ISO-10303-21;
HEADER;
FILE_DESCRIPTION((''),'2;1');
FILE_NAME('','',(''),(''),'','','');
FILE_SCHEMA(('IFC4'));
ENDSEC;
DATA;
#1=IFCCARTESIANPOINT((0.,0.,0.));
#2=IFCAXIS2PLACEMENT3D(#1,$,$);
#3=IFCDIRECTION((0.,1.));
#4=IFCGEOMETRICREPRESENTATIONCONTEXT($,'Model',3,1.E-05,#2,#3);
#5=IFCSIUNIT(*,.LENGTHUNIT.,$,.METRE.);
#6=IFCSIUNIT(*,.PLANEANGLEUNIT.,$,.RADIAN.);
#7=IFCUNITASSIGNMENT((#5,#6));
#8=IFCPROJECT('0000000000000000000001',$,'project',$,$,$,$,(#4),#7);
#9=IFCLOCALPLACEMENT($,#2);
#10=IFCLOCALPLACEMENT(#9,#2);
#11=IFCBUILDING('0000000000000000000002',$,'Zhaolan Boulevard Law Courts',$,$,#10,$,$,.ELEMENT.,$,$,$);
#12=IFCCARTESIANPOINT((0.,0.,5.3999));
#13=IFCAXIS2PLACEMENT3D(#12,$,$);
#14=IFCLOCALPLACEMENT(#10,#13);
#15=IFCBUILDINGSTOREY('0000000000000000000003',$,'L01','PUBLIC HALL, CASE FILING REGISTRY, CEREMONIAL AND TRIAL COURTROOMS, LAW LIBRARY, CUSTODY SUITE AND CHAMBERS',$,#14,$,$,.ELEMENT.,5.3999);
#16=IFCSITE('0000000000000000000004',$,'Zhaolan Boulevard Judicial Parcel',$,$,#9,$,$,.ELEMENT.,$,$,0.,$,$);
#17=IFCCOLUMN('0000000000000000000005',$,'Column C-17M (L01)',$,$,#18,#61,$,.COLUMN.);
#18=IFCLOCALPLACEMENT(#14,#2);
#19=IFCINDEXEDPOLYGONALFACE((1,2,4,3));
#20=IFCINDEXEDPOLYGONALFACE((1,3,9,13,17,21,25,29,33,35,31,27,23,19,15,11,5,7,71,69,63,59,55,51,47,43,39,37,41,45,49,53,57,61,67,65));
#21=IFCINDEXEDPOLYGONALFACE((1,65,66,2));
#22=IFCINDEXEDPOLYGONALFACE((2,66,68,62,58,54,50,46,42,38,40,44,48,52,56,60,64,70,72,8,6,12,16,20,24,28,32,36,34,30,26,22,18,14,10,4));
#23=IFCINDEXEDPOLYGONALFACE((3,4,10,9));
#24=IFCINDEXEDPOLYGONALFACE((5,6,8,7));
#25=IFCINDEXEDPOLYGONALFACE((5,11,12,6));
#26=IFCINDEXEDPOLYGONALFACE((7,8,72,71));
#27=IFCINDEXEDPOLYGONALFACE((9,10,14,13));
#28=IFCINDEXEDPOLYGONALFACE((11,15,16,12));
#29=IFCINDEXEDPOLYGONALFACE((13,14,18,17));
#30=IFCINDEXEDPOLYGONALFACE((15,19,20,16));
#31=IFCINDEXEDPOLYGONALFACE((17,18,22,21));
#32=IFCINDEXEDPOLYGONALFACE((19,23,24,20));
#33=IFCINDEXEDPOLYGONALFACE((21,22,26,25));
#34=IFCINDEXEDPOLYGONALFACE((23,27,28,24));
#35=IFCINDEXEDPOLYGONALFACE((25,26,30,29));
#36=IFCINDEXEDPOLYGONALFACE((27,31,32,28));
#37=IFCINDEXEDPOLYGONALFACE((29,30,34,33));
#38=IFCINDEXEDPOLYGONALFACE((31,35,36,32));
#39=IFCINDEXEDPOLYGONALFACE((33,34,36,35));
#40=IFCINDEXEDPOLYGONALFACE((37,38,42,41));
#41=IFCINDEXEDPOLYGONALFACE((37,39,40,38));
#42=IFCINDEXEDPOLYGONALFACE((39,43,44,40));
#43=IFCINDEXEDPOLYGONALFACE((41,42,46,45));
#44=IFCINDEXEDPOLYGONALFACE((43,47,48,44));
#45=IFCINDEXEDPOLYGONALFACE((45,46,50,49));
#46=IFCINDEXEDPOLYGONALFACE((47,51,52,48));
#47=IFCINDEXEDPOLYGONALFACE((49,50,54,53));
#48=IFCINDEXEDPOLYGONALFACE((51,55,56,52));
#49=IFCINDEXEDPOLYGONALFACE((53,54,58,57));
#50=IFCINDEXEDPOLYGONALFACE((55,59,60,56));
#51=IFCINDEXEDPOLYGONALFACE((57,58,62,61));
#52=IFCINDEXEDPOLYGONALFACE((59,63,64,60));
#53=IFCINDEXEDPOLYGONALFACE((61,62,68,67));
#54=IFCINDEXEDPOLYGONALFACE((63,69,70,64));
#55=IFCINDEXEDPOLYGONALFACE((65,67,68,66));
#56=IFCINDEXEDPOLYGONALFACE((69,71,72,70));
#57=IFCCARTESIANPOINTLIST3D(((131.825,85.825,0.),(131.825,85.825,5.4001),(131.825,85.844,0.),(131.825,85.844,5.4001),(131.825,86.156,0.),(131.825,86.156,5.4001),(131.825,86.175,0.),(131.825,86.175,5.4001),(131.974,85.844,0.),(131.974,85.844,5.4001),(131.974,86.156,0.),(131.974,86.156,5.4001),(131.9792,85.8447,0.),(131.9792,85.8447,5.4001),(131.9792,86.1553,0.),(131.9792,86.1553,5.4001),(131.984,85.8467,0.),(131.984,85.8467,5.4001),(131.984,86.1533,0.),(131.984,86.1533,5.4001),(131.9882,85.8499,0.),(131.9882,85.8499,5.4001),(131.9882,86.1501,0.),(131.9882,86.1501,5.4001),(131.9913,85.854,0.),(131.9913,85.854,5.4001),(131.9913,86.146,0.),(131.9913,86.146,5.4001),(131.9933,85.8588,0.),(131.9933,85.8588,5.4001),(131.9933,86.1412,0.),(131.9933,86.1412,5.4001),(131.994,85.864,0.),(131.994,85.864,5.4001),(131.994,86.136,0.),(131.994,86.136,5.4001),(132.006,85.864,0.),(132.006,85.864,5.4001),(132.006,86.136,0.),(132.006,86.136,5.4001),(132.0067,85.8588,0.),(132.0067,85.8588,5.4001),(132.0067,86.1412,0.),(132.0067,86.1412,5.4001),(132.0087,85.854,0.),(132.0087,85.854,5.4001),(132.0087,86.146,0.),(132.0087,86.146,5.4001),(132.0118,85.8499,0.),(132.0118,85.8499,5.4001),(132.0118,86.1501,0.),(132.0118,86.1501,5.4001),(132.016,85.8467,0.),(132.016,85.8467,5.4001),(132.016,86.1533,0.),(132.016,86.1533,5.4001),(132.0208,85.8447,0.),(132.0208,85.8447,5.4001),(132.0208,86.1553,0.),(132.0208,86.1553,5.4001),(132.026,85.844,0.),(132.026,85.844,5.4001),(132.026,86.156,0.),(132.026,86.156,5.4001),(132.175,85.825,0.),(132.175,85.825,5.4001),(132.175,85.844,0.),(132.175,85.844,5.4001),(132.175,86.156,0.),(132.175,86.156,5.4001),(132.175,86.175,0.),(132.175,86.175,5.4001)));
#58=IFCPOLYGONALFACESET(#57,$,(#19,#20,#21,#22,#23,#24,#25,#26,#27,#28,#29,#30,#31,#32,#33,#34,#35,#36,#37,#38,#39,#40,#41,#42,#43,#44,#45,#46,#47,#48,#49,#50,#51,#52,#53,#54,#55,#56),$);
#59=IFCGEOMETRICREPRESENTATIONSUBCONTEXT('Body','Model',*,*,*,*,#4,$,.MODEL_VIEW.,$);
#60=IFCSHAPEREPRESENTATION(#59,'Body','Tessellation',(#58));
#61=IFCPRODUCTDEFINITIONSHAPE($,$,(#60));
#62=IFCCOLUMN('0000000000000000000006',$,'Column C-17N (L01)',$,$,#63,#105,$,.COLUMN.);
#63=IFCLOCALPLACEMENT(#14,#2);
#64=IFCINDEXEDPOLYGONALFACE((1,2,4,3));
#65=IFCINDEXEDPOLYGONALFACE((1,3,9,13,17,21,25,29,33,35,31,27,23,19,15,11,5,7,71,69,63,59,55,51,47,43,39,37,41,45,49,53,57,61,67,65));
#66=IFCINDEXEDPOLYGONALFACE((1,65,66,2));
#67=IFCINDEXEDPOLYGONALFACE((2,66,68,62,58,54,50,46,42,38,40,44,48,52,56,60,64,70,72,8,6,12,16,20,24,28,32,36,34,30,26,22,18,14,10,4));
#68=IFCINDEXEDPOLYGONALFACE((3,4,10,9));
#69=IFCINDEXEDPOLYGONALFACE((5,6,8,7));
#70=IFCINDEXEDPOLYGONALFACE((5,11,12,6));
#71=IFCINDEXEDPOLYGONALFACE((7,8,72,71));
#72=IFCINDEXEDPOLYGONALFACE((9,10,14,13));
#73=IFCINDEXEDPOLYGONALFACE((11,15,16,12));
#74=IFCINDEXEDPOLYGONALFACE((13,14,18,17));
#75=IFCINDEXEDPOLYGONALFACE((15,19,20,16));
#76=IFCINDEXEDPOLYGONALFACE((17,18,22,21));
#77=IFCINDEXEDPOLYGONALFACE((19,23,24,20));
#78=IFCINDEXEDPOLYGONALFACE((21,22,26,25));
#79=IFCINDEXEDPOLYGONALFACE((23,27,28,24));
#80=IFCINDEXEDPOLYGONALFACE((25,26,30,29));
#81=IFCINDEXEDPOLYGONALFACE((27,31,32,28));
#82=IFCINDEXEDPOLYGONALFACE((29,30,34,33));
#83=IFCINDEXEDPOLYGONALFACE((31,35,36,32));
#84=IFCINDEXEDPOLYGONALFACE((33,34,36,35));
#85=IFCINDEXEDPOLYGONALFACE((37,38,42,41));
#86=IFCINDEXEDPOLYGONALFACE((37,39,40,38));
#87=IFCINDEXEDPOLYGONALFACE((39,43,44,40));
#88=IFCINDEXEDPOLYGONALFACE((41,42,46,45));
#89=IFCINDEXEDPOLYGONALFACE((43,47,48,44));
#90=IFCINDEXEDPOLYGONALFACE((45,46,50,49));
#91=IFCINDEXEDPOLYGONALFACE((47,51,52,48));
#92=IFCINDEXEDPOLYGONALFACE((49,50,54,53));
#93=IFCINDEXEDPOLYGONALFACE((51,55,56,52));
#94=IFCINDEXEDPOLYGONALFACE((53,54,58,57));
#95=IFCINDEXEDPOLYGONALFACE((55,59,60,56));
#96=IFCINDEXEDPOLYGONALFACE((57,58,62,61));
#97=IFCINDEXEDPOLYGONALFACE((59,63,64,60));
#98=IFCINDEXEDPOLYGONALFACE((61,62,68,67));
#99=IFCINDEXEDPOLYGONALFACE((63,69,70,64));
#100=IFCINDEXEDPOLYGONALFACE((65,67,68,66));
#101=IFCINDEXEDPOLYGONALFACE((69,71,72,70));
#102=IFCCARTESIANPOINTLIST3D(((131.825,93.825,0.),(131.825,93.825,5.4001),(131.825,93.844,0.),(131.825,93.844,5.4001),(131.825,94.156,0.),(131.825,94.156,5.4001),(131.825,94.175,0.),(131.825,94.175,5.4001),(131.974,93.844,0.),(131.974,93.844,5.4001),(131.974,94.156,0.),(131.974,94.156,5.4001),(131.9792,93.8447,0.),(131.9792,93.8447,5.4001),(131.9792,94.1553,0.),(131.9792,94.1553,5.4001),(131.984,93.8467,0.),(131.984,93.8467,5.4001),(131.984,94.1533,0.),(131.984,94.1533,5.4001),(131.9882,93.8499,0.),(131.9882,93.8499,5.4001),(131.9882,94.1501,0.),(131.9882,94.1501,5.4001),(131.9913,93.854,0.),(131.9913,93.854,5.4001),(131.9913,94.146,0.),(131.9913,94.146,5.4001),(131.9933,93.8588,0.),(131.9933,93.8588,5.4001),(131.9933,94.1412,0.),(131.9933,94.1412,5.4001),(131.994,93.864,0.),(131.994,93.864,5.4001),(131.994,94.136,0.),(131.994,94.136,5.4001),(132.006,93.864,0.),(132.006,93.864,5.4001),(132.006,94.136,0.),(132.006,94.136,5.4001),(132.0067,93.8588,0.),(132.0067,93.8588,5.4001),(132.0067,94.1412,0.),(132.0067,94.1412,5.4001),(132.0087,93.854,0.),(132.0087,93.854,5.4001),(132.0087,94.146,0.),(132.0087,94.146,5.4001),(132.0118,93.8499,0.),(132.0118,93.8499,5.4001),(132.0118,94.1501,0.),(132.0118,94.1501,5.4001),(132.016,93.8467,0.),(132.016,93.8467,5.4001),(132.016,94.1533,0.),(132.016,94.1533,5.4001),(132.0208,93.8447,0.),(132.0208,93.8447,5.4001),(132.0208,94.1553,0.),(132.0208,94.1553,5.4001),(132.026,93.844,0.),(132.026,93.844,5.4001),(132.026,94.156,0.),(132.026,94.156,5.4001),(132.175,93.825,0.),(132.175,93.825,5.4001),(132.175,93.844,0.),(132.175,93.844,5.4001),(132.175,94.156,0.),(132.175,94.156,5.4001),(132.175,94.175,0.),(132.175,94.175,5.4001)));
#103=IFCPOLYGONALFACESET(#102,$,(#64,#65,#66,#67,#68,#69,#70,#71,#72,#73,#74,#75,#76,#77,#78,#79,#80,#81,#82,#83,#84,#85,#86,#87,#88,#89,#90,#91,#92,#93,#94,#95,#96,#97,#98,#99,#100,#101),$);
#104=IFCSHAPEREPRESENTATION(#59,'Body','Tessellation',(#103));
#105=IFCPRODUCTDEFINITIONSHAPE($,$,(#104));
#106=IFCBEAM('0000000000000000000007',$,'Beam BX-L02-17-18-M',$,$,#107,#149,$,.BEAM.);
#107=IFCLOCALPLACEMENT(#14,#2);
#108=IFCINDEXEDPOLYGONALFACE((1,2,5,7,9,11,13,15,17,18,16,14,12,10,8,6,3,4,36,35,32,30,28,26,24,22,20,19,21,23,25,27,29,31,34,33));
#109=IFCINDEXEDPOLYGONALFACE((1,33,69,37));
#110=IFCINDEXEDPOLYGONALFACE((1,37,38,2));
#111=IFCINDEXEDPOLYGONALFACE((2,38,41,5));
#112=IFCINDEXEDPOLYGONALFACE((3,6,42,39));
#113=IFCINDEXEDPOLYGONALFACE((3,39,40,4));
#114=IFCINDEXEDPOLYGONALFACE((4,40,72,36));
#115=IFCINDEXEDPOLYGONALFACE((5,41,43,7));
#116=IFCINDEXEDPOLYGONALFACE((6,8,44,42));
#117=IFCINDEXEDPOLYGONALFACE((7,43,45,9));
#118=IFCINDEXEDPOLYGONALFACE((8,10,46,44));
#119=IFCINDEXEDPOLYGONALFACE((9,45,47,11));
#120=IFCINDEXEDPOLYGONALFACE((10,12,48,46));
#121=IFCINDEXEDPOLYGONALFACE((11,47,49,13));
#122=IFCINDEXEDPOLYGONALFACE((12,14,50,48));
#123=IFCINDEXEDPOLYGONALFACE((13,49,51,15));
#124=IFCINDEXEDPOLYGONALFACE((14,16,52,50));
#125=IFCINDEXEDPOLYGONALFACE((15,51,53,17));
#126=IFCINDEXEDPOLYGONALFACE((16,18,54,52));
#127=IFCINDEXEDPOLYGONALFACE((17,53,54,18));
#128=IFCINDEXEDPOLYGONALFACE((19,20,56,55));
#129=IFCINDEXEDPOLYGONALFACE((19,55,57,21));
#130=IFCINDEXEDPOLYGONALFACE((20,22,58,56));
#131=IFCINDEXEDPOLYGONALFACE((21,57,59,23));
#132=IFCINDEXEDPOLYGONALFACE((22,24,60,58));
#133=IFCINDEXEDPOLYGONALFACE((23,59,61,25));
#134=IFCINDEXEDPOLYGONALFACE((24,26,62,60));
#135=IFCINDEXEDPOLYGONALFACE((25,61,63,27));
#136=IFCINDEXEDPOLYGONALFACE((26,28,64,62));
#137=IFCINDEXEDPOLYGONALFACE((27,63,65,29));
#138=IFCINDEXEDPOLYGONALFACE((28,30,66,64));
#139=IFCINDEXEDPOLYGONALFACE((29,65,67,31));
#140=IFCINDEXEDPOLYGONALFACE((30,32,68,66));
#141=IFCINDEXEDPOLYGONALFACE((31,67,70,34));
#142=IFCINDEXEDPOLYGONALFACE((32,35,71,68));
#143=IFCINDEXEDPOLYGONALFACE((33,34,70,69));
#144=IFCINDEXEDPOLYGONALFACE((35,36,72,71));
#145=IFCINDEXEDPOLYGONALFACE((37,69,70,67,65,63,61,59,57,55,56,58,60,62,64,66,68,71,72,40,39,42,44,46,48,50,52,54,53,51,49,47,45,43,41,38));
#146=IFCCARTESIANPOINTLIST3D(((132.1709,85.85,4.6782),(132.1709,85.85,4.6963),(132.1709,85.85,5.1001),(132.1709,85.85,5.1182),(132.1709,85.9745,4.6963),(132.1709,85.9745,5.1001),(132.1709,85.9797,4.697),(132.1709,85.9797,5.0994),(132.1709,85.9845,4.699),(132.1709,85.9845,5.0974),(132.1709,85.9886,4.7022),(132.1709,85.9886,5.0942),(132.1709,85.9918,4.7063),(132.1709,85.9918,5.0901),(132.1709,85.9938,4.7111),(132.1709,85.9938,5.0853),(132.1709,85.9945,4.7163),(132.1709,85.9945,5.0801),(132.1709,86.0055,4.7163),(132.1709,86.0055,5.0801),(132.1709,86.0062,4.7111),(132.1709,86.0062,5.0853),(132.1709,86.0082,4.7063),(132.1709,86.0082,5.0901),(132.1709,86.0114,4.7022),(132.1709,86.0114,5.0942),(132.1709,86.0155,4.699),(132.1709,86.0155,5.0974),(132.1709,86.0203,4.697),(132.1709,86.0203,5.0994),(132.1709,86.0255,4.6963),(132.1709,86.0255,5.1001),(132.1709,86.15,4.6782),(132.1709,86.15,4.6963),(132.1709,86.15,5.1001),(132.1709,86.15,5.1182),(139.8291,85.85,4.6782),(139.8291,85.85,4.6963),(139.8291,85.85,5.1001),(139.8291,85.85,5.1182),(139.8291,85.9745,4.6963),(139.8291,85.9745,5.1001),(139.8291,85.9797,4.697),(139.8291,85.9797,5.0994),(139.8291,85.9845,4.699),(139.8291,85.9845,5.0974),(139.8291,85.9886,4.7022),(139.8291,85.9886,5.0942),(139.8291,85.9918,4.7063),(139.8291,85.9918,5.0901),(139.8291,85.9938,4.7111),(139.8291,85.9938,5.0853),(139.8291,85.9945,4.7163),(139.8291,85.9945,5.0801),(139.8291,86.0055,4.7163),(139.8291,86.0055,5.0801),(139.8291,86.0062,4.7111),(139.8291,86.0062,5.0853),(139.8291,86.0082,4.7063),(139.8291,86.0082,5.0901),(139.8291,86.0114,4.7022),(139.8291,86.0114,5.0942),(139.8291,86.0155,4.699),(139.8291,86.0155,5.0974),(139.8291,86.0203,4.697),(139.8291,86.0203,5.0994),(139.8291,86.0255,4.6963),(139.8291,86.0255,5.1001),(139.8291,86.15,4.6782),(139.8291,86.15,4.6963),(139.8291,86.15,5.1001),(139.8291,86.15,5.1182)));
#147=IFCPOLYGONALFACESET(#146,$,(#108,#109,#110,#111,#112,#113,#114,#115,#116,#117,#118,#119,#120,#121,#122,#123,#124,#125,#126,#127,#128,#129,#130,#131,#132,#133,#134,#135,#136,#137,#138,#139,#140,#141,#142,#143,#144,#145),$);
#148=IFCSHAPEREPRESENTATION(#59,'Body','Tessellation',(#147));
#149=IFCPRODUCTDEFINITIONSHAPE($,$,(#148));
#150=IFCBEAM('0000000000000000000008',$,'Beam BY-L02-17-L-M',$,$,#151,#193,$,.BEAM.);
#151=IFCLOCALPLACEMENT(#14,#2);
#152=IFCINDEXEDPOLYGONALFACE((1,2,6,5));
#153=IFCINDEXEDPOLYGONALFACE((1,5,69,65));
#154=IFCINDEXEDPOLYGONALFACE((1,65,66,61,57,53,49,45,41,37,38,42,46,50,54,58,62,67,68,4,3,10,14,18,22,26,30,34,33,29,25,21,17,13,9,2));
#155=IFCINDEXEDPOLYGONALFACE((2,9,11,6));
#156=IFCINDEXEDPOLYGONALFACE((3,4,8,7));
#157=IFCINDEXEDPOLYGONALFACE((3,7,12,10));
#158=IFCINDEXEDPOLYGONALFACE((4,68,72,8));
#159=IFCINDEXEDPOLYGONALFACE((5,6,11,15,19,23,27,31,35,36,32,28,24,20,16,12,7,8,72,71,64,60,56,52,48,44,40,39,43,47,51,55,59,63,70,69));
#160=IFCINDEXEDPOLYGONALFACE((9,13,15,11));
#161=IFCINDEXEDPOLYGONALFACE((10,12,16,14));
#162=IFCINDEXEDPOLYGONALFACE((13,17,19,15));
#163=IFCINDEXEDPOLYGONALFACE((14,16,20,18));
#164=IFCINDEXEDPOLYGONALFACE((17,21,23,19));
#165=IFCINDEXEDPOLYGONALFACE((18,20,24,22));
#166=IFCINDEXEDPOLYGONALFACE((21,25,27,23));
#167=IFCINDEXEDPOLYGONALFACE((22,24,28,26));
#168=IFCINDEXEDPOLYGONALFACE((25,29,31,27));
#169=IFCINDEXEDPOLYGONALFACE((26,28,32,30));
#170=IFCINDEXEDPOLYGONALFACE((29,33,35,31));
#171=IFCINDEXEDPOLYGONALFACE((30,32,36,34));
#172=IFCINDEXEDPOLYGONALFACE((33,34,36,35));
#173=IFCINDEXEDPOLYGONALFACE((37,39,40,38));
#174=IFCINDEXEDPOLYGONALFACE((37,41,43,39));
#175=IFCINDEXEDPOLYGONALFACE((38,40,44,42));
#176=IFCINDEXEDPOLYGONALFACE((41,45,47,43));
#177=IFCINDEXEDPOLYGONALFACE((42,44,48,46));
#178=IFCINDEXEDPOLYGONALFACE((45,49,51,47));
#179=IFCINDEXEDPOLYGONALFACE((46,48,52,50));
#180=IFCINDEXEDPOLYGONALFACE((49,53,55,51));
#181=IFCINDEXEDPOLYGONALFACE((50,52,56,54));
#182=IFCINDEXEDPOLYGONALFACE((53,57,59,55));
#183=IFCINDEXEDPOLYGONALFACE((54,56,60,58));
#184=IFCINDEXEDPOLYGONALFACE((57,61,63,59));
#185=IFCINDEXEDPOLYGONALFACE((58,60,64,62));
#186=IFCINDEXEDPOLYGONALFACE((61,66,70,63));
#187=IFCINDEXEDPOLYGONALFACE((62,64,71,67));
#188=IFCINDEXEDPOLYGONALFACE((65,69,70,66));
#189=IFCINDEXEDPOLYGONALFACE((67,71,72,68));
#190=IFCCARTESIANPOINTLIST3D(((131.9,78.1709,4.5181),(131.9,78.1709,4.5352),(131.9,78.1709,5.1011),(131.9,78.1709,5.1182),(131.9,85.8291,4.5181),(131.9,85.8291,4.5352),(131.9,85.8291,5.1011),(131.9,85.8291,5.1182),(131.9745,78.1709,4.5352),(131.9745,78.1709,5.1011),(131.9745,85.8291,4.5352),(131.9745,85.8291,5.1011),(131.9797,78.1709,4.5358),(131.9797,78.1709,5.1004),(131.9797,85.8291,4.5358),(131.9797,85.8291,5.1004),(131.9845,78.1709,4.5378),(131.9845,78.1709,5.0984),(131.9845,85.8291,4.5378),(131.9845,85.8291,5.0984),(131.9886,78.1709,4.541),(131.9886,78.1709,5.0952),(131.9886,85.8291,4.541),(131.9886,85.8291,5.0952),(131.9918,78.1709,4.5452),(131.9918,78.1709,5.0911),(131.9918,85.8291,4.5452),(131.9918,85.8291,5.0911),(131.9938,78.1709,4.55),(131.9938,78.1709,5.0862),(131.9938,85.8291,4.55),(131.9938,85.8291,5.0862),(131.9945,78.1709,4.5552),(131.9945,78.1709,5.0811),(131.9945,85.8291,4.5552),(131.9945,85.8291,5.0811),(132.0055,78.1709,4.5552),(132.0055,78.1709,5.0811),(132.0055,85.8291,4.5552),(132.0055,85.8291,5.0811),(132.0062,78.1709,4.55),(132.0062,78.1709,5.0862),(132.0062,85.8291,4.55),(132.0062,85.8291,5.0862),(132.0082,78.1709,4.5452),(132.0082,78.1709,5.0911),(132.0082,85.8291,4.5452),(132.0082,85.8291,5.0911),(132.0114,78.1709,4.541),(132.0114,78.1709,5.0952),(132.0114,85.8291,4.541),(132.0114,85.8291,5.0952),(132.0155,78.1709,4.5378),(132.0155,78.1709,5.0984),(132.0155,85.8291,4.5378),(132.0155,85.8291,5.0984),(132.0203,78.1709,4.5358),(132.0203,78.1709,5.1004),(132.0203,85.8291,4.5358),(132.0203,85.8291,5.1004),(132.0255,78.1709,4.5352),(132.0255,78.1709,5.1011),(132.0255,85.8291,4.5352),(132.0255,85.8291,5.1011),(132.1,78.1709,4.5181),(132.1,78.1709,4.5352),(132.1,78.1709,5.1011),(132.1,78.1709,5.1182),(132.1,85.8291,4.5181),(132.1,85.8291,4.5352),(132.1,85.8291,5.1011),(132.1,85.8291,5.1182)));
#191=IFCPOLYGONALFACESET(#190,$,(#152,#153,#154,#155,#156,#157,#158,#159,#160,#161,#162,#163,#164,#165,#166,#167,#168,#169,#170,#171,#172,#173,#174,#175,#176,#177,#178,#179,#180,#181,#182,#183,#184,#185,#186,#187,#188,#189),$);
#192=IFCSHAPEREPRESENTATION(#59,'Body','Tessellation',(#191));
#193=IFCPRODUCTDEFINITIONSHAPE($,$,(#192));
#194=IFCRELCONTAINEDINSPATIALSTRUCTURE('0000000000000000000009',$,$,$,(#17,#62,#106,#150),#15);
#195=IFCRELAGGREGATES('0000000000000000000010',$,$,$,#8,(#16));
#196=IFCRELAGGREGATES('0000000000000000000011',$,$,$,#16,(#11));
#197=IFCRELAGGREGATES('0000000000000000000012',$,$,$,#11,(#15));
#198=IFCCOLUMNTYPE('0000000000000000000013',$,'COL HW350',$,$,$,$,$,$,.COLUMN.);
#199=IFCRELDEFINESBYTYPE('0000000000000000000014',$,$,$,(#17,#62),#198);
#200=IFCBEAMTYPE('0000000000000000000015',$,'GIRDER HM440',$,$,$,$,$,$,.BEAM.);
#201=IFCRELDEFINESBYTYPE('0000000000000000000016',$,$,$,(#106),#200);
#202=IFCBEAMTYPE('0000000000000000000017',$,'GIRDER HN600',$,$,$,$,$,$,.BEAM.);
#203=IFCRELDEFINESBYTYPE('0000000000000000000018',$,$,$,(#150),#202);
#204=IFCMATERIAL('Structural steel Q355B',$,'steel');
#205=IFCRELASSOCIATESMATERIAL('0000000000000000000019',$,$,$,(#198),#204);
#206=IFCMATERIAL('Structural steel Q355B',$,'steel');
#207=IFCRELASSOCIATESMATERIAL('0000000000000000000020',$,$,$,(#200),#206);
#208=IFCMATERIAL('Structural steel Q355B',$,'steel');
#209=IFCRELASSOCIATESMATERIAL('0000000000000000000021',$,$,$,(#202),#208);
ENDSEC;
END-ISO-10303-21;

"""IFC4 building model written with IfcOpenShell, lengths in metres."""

from ifc_helpers import new_model, si_unit, direction, frame, origin, origin_2d, place, context, subcontext, project, spatial, i_section, extrude, material, material_profile, profile_set, type_object, element, save


model = new_model("IFC4")

# Units and contexts
model_context = context("Model", 3, precision=1e-05, world=origin(), true_north=direction((0.0, 1.0)))
body_context = subcontext(model_context, "Body", "Model", "MODEL_VIEW")
ifc_project = project(units=[si_unit("LENGTHUNIT", "METRE"), si_unit("PLANEANGLEUNIT", "RADIAN")], contexts=[model_context])

# Site, building, storey
site_placement = place(None, origin())
site = spatial("IfcSite", under=ifc_project, at=site_placement, Name="Zhaolan Boulevard Judicial Parcel", CompositionType="ELEMENT", RefElevation=0.0)
building_placement = place(site_placement, origin())
building = spatial("IfcBuilding", under=site, at=building_placement, Name="Zhaolan Boulevard Law Courts", CompositionType="ELEMENT")
storey_placement = place(building_placement, frame((0.0, 0.0, 5.3999)))
storey = spatial("IfcBuildingStorey", under=building, at=storey_placement, Name="L01", Description="PUBLIC HALL, CASE FILING REGISTRY, CEREMONIAL AND TRIAL COURTROOMS, LAW LIBRARY, CUSTODY SUITE AND CHAMBERS", CompositionType="ELEMENT", Elevation=5.3999)

# Columns
ifc_material_1 = material(Name="Structural steel Q355B", Category="steel")
ifc_material_profile_1 = material_profile(ifc_material_1, i_section(OverallWidth=0.3501, OverallDepth=0.3501, WebThickness=0.012, FlangeThickness=0.019, FilletRadius=0.02, at=origin_2d()), Name="HW350x350")
ifc_profile_set_1 = profile_set([ifc_material_profile_1], Name="Structural steel Q355B")
column_type = type_object("IfcColumnType", Name="COL HW350", PredefinedType="COLUMN", material=ifc_profile_set_1)
for number, where, z_axis, x_axis, name in (
    (1, (132.0, 86.0, 0.0), (0.0, 0.0, 1.0), (1.0, 0.0, 0.0), "Column C-17M (L01)"),
    (2, (132.0, 94.0, 0.0), (0.0, 0.0, 1.0), (1.0, 0.0, 0.0), "Column C-17N (L01)"),
):
    element("IfcColumn", number, at=place(storey_placement, frame(where, z_axis=z_axis, x_axis=x_axis)), inside=storey, type_object=column_type, Name=name, PredefinedType="COLUMN", context=body_context, shape_type="SweptSolid", body=[
        extrude(i_section(OverallWidth=0.3501, OverallDepth=0.3501, WebThickness=0.012, FlangeThickness=0.019, FilletRadius=0.02, at=origin_2d()), origin(), (0.0, 0.0, 1.0), 5.4001),
    ])

# Beams
ifc_material_2 = material(Name="Structural steel Q355B", Category="steel")
ifc_material_profile_2 = material_profile(ifc_material_2, i_section(OverallWidth=0.3, OverallDepth=0.4399, WebThickness=0.011, FlangeThickness=0.0181, FilletRadius=0.02, at=origin_2d()), Name="HM440x300")
ifc_profile_set_2 = profile_set([ifc_material_profile_2], Name="Structural steel Q355B")
beam_type_1 = type_object("IfcBeamType", Name="GIRDER HM440", PredefinedType="BEAM", material=ifc_profile_set_2)
beam_1_placement = place(storey_placement, frame((132.1709, 86.0, 4.8982), z_axis=(1.0, 0.0, 0.0), x_axis=(0.0, 1.0, 0.0)))
element("IfcBeam", 3, at=beam_1_placement, inside=storey, type_object=beam_type_1, Name="Beam BX-L02-17-18-M", PredefinedType="BEAM", context=body_context, shape_type="SweptSolid", body=[
    extrude(i_section(OverallWidth=0.3, OverallDepth=0.4399, WebThickness=0.011, FlangeThickness=0.0181, FilletRadius=0.02, at=origin_2d()), origin(), (0.0, 0.0, 1.0), 7.6582),
])
ifc_material_3 = material(Name="Structural steel Q355B", Category="steel")
ifc_material_profile_3 = material_profile(ifc_material_3, i_section(OverallWidth=0.2, OverallDepth=0.6001, WebThickness=0.011, FlangeThickness=0.0171, FilletRadius=0.02, at=origin_2d()), Name="HN600x200")
ifc_profile_set_3 = profile_set([ifc_material_profile_3], Name="Structural steel Q355B")
beam_type_2 = type_object("IfcBeamType", Name="GIRDER HN600", PredefinedType="BEAM", material=ifc_profile_set_3)
for number, where, z_axis, x_axis, name in (
    (4, (132.0, 78.1709, 4.8181), (0.0, 1.0, 0.0), (-1.0, 0.0, 0.0), "Beam BY-L02-17-L-M"),
):
    element("IfcBeam", number, at=place(storey_placement, frame(where, z_axis=z_axis, x_axis=x_axis)), inside=storey, type_object=beam_type_2, Name=name, PredefinedType="BEAM", context=body_context, shape_type="SweptSolid", body=[
        extrude(i_section(OverallWidth=0.2, OverallDepth=0.6001, WebThickness=0.011, FlangeThickness=0.0171, FilletRadius=0.02, at=origin_2d()), origin(), (0.0, 0.0, 1.0), 7.6582),
    ])

save(model, "model.ifc")
